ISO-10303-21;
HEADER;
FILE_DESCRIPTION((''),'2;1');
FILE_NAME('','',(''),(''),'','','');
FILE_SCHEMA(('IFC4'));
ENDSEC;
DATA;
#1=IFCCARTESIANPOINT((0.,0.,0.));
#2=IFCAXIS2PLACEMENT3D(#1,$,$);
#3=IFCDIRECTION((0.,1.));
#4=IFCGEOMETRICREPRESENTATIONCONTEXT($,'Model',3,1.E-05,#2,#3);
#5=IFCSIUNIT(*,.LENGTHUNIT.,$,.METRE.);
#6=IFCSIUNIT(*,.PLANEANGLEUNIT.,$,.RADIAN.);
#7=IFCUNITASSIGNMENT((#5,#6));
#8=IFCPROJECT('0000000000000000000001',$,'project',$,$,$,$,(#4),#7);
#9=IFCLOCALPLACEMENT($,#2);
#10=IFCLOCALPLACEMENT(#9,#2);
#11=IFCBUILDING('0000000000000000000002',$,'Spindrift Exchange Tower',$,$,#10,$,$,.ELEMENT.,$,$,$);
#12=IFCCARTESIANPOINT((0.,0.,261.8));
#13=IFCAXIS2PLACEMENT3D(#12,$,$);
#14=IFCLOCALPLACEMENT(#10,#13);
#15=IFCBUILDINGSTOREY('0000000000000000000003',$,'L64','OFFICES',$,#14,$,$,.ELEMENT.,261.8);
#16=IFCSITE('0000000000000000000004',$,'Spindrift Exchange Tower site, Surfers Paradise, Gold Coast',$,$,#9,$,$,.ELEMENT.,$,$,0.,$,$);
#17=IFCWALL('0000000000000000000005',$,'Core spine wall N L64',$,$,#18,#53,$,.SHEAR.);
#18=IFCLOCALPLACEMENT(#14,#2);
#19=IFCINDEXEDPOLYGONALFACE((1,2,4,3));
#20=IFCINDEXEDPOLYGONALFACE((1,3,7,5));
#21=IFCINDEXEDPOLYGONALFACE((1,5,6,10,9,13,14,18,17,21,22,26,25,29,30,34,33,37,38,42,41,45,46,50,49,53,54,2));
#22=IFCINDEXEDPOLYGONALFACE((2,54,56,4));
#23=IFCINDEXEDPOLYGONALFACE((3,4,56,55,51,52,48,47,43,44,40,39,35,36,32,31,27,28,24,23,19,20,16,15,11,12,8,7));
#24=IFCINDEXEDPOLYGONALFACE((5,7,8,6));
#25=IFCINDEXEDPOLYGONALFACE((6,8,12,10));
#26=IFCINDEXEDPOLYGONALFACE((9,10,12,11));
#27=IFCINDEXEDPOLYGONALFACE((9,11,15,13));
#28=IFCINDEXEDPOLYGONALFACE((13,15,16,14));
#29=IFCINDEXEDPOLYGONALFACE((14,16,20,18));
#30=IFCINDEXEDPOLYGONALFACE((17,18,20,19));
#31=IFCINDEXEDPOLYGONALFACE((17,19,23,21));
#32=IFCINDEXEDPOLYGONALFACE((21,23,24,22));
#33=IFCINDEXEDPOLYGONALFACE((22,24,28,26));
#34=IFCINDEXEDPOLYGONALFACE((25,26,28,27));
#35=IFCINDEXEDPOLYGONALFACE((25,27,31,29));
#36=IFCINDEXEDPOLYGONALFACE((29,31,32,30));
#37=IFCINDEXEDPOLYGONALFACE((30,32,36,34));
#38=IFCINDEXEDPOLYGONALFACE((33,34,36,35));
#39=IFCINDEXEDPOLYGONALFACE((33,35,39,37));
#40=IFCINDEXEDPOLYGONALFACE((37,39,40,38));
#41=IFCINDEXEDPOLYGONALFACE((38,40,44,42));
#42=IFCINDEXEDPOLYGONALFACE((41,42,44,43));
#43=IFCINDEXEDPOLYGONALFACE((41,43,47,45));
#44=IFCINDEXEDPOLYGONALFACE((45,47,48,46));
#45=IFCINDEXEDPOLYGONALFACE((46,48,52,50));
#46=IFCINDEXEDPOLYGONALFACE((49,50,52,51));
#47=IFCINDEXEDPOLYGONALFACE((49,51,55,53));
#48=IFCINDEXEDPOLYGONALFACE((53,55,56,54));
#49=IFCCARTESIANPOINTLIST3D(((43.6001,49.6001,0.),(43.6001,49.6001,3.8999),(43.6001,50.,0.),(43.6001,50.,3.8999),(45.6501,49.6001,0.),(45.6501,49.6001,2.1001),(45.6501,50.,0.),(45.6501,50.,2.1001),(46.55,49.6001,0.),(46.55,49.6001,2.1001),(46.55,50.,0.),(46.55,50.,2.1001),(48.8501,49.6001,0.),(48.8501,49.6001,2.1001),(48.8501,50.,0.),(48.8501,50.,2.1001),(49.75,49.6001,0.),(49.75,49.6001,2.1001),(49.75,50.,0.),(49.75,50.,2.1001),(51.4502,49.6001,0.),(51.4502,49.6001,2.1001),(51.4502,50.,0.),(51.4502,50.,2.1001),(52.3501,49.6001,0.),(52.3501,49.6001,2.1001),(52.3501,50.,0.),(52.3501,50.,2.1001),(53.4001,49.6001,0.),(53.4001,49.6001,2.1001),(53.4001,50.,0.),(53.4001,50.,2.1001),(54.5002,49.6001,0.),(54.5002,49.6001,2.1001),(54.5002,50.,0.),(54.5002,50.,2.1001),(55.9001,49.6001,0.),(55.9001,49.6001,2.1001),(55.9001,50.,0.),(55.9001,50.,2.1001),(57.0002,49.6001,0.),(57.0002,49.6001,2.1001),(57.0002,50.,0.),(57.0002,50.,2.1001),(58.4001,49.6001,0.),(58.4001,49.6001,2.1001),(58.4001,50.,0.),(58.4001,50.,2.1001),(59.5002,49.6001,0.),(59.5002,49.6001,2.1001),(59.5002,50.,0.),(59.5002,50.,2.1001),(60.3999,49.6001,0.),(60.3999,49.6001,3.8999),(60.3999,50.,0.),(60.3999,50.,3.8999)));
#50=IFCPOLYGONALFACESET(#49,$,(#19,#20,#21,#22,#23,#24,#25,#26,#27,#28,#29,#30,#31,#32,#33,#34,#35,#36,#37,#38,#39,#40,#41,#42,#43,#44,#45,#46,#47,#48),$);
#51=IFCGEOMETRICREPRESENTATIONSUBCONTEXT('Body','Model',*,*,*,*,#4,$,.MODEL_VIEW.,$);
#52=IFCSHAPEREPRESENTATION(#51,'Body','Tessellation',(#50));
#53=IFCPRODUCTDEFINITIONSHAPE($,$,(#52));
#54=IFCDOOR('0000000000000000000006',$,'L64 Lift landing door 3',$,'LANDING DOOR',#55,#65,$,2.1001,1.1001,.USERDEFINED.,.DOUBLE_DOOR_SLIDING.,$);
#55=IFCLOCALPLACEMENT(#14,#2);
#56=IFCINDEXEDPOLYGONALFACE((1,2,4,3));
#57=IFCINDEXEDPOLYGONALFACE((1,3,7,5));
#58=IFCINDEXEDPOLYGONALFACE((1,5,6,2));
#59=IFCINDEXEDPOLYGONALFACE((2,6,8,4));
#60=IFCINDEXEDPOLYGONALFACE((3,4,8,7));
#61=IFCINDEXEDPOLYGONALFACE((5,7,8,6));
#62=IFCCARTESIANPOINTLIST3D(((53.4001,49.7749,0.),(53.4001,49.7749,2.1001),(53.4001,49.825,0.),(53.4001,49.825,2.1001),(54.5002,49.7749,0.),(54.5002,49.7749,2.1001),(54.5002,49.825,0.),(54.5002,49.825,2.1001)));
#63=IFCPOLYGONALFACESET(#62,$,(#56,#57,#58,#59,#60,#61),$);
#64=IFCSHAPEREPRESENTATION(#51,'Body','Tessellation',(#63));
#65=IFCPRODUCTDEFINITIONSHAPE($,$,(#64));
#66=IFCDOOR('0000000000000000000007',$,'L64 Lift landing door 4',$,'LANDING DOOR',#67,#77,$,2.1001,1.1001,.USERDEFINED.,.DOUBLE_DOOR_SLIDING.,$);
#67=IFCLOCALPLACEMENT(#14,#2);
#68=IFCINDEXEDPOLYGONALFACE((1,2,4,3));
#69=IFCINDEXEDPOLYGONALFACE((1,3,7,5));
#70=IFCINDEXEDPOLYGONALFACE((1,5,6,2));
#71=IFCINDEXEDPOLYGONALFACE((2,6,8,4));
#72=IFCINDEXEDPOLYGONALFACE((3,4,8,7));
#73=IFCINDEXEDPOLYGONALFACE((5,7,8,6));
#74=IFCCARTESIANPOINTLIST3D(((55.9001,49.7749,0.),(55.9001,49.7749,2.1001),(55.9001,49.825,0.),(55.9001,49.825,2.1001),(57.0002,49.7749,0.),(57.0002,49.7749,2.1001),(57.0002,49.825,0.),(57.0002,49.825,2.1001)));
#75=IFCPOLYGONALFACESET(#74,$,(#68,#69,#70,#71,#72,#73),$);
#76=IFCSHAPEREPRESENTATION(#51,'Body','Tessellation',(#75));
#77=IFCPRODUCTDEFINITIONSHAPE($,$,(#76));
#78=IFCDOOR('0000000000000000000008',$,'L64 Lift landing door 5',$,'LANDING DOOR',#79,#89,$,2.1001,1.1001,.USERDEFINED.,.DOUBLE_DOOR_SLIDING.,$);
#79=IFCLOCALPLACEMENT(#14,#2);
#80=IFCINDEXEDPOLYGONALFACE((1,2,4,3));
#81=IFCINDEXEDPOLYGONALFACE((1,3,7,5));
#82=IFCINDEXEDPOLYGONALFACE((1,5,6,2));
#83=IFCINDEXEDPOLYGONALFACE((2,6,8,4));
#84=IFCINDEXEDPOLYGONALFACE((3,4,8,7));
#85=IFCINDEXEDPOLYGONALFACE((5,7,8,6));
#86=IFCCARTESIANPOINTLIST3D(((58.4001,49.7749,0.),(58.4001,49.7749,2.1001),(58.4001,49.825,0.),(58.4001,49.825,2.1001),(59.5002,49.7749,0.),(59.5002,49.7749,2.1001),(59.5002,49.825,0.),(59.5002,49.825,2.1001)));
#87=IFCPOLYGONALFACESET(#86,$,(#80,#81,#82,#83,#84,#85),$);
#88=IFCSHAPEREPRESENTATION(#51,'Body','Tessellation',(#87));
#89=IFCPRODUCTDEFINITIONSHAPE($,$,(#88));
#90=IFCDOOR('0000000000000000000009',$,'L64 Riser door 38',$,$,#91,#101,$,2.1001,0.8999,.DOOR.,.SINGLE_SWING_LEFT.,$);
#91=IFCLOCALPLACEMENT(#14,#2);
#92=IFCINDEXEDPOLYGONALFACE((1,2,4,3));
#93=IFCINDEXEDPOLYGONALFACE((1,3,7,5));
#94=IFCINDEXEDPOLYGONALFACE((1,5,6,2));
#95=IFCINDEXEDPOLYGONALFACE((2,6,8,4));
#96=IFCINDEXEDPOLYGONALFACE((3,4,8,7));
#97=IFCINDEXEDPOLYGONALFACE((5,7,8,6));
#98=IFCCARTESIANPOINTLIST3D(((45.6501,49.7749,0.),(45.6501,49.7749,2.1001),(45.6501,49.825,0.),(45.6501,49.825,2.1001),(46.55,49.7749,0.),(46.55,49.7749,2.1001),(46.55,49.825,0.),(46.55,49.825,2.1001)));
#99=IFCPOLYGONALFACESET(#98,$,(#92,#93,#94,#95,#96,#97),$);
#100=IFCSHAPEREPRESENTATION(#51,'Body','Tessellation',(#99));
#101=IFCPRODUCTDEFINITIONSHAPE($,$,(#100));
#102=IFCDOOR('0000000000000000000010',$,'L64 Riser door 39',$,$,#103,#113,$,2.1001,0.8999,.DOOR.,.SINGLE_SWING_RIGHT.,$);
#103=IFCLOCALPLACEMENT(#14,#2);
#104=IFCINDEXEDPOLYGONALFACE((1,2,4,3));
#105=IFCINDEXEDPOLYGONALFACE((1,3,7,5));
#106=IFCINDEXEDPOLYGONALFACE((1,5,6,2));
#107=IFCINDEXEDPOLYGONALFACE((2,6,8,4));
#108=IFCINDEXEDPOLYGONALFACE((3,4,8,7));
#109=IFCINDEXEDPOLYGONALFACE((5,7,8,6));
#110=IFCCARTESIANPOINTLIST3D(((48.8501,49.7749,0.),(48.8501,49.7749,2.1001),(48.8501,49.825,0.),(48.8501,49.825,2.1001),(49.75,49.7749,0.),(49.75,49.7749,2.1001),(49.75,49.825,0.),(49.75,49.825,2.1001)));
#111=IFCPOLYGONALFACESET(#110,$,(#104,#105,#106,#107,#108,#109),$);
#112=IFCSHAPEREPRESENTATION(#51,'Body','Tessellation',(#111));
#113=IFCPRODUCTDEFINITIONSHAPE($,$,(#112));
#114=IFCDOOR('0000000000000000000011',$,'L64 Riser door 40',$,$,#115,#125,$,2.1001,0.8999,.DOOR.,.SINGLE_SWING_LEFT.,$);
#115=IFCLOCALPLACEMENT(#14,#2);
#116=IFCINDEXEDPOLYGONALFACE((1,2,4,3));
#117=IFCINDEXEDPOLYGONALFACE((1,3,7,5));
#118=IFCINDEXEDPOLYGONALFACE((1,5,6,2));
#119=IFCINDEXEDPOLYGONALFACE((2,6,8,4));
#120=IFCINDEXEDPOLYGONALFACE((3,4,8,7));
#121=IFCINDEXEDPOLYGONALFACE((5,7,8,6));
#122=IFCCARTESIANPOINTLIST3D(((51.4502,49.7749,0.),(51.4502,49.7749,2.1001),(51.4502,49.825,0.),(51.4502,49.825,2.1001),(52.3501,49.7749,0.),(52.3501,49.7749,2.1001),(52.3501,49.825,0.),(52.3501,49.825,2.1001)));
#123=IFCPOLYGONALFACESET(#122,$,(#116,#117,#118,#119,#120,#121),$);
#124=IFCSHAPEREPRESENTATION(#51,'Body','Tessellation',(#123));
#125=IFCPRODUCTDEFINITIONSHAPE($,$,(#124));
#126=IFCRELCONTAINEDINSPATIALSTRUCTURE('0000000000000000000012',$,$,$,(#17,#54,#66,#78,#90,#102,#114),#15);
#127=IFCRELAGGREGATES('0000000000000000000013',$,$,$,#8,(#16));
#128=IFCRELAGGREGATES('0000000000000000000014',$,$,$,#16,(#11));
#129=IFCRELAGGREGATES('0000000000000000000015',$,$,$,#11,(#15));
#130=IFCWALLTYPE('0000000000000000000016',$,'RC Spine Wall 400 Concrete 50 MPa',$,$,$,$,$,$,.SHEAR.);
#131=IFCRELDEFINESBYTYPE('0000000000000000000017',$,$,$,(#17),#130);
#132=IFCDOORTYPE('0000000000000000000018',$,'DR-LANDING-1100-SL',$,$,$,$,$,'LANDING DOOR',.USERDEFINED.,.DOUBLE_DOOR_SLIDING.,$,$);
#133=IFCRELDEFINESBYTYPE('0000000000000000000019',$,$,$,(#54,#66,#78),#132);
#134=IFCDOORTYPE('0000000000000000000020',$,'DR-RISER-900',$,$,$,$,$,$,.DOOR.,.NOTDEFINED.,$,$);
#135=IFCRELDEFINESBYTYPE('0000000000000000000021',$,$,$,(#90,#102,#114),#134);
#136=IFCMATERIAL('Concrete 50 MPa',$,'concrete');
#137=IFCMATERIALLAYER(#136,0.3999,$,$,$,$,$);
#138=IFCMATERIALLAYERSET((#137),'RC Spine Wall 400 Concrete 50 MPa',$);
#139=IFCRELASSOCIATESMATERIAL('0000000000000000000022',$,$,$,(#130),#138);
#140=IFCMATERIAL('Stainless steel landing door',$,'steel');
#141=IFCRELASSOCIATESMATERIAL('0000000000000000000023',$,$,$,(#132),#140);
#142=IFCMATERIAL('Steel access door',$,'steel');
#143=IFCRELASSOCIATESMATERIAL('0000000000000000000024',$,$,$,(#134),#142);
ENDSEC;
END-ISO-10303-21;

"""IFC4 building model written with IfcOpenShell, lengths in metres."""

from ifc_helpers import new_model, si_unit, direction, frame, frame_2d, origin, place, context, subcontext, project, spatial, rectangle, extrude, source, transform, mapped, material, layer, layer_set, type_object, element, fill, save


model = new_model("IFC4")

# Units and contexts
model_context = context("Model", 3, precision=1e-05, world=origin(), true_north=direction((0.0, 1.0)))
body_context = subcontext(model_context, "Body", "Model", "MODEL_VIEW")
ifc_project = project(units=[si_unit("LENGTHUNIT", "METRE"), si_unit("PLANEANGLEUNIT", "RADIAN")], contexts=[model_context])

# Site, building, storey
site_placement = place(None, origin())
site = spatial("IfcSite", under=ifc_project, at=site_placement, Name="Spindrift Exchange Tower site, Surfers Paradise, Gold Coast", CompositionType="ELEMENT", RefElevation=0.0)
building_placement = place(site_placement, origin())
building = spatial("IfcBuilding", under=site, at=building_placement, Name="Spindrift Exchange Tower", CompositionType="ELEMENT")
storey_placement = place(building_placement, frame((0.0, 0.0, 261.8)))
storey = spatial("IfcBuildingStorey", under=building, at=storey_placement, Name="L64", Description="OFFICES", CompositionType="ELEMENT", Elevation=261.8)

# Wall, openings, doors
ifc_material_1 = material(Name="Concrete 50 MPa", Category="concrete")
ifc_layer_1 = layer(ifc_material_1, 0.3999)
ifc_layer_set_1 = layer_set([ifc_layer_1], Name="RC Spine Wall 400 Concrete 50 MPa")
wall_type_1 = type_object("IfcWallType", Name="RC Spine Wall 400 Concrete 50 MPa", PredefinedType="SHEAR", material=ifc_layer_set_1)
wall_1_placement = place(storey_placement, frame((43.6001, 49.8, 0.0), z_axis=(0.0, 0.0, 1.0), x_axis=(1.0, 0.0, 0.0)))
wall_1 = element("IfcWall", 1, at=wall_1_placement, inside=storey, type_object=wall_type_1, Name="Core spine wall N L64", PredefinedType="SHEAR", context=body_context, shape_type="SweptSolid", body=[
    extrude(rectangle(XDim=16.7998, YDim=0.3999, at=frame_2d((8.3999, 0.0))), origin(), (0.0, 0.0, 1.0), 3.8999),
])
opening_1_placement = place(wall_1_placement, frame((9.8, 0.0, 0.0)))
opening_1 = element("IfcOpeningElement", 2, at=opening_1_placement, cuts=wall_1, PredefinedType="OPENING", context=body_context, shape_type="SweptSolid", body=[
    extrude(rectangle(XDim=1.1001, YDim=2.1001, at=frame_2d((0.55, 1.05))), frame((0.0, 0.21, 0.0), z_axis=(0.0, -1.0, 0.0), x_axis=(1.0, 0.0, 0.0)), (0.0, 0.0, 1.0), 0.4199),
])
opening_2_placement = place(wall_1_placement, frame((12.3, 0.0, 0.0)))
opening_2 = element("IfcOpeningElement", 3, at=opening_2_placement, cuts=wall_1, PredefinedType="OPENING", context=body_context, shape_type="SweptSolid", body=[
    extrude(rectangle(XDim=1.1001, YDim=2.1001, at=frame_2d((0.55, 1.05))), frame((0.0, 0.21, 0.0), z_axis=(0.0, -1.0, 0.0), x_axis=(1.0, 0.0, 0.0)), (0.0, 0.0, 1.0), 0.4199),
])
opening_3_placement = place(wall_1_placement, frame((14.8, 0.0, 0.0)))
opening_3 = element("IfcOpeningElement", 4, at=opening_3_placement, cuts=wall_1, PredefinedType="OPENING", context=body_context, shape_type="SweptSolid", body=[
    extrude(rectangle(XDim=1.1001, YDim=2.1001, at=frame_2d((0.55, 1.05))), frame((0.0, 0.21, 0.0), z_axis=(0.0, -1.0, 0.0), x_axis=(1.0, 0.0, 0.0)), (0.0, 0.0, 1.0), 0.4199),
])
opening_4_placement = place(wall_1_placement, frame((2.05, 0.0, 0.0)))
opening_4 = element("IfcOpeningElement", 5, at=opening_4_placement, cuts=wall_1, PredefinedType="OPENING", context=body_context, shape_type="SweptSolid", body=[
    extrude(rectangle(XDim=0.8999, YDim=2.1001, at=frame_2d((0.45, 1.05))), frame((0.0, 0.21, 0.0), z_axis=(0.0, -1.0, 0.0), x_axis=(1.0, 0.0, 0.0)), (0.0, 0.0, 1.0), 0.4199),
])
opening_5_placement = place(wall_1_placement, frame((5.25, 0.0, 0.0)))
opening_5 = element("IfcOpeningElement", 6, at=opening_5_placement, cuts=wall_1, PredefinedType="OPENING", context=body_context, shape_type="SweptSolid", body=[
    extrude(rectangle(XDim=0.8999, YDim=2.1001, at=frame_2d((0.45, 1.05))), frame((0.0, 0.21, 0.0), z_axis=(0.0, -1.0, 0.0), x_axis=(1.0, 0.0, 0.0)), (0.0, 0.0, 1.0), 0.4199),
])
opening_6_placement = place(wall_1_placement, frame((7.8501, 0.0, 0.0)))
opening_6 = element("IfcOpeningElement", 7, at=opening_6_placement, cuts=wall_1, PredefinedType="OPENING", context=body_context, shape_type="SweptSolid", body=[
    extrude(rectangle(XDim=0.8999, YDim=2.1001, at=frame_2d((0.45, 1.05))), frame((0.0, 0.21, 0.0), z_axis=(0.0, -1.0, 0.0), x_axis=(1.0, 0.0, 0.0)), (0.0, 0.0, 1.0), 0.4199),
])
ifc_material_2 = material(Name="Stainless steel landing door", Category="steel")
door_type_1 = type_object("IfcDoorType", Name="DR-LANDING-1100-SL", ElementType="LANDING DOOR", OperationType="DOUBLE_DOOR_SLIDING", PredefinedType="USERDEFINED", material=ifc_material_2)
shared_shape_1 = source(origin(), body_context, "Body", "SweptSolid", [
    extrude(rectangle(XDim=1.1001, YDim=2.1001, at=frame_2d((0.55, 1.05))), frame((0.0, 0.0249, 0.0), z_axis=(0.0, -1.0, 0.0), x_axis=(1.0, 0.0, 0.0)), (0.0, 0.0, 1.0), 0.05),
])
door_1_placement = place(opening_1_placement, origin())
door_1 = element("IfcDoor", 8, at=door_1_placement, inside=storey, type_object=door_type_1, Name="L64 Lift landing door 3", ObjectType="LANDING DOOR", OperationType="DOUBLE_DOOR_SLIDING", OverallHeight=2.1001, OverallWidth=1.1001, PredefinedType="USERDEFINED", context=body_context, shape_type="MappedRepresentation", body=[
    mapped(shared_shape_1, transform((0.0, 0.0, 0.0), scale=1.0)),
])
fill(opening_1, door_1)
door_2_placement = place(opening_2_placement, origin())
door_2 = element("IfcDoor", 9, at=door_2_placement, inside=storey, type_object=door_type_1, Name="L64 Lift landing door 4", ObjectType="LANDING DOOR", OperationType="DOUBLE_DOOR_SLIDING", OverallHeight=2.1001, OverallWidth=1.1001, PredefinedType="USERDEFINED", context=body_context, shape_type="MappedRepresentation", body=[
    mapped(shared_shape_1, transform((0.0, 0.0, 0.0), scale=1.0)),
])
fill(opening_2, door_2)
door_3_placement = place(opening_3_placement, origin())
door_3 = element("IfcDoor", 10, at=door_3_placement, inside=storey, type_object=door_type_1, Name="L64 Lift landing door 5", ObjectType="LANDING DOOR", OperationType="DOUBLE_DOOR_SLIDING", OverallHeight=2.1001, OverallWidth=1.1001, PredefinedType="USERDEFINED", context=body_context, shape_type="MappedRepresentation", body=[
    mapped(shared_shape_1, transform((0.0, 0.0, 0.0), scale=1.0)),
])
fill(opening_3, door_3)
ifc_material_3 = material(Name="Steel access door", Category="steel")
door_type_2 = type_object("IfcDoorType", Name="DR-RISER-900", OperationType="NOTDEFINED", PredefinedType="DOOR", material=ifc_material_3)
shared_shape_2 = source(origin(), body_context, "Body", "SweptSolid", [
    extrude(rectangle(XDim=0.8999, YDim=2.1001, at=frame_2d((0.45, 1.05))), frame((0.0, 0.0249, 0.0), z_axis=(0.0, -1.0, 0.0), x_axis=(1.0, 0.0, 0.0)), (0.0, 0.0, 1.0), 0.05),
])
door_4_placement = place(opening_4_placement, origin())
door_4 = element("IfcDoor", 11, at=door_4_placement, inside=storey, type_object=door_type_2, Name="L64 Riser door 38", OperationType="SINGLE_SWING_LEFT", OverallHeight=2.1001, OverallWidth=0.8999, PredefinedType="DOOR", context=body_context, shape_type="MappedRepresentation", body=[
    mapped(shared_shape_2, transform((0.0, 0.0, 0.0), scale=1.0)),
])
fill(opening_4, door_4)
door_5_placement = place(opening_5_placement, origin())
door_5 = element("IfcDoor", 12, at=door_5_placement, inside=storey, type_object=door_type_2, Name="L64 Riser door 39", OperationType="SINGLE_SWING_RIGHT", OverallHeight=2.1001, OverallWidth=0.8999, PredefinedType="DOOR", context=body_context, shape_type="MappedRepresentation", body=[
    mapped(shared_shape_2, transform((0.0, 0.0, 0.0), scale=1.0)),
])
fill(opening_5, door_5)
door_6_placement = place(opening_6_placement, origin())
door_6 = element("IfcDoor", 13, at=door_6_placement, inside=storey, type_object=door_type_2, Name="L64 Riser door 40", OperationType="SINGLE_SWING_LEFT", OverallHeight=2.1001, OverallWidth=0.8999, PredefinedType="DOOR", context=body_context, shape_type="MappedRepresentation", body=[
    mapped(shared_shape_2, transform((0.0, 0.0, 0.0), scale=1.0)),
])
fill(opening_6, door_6)

save(model, "model.ifc")
